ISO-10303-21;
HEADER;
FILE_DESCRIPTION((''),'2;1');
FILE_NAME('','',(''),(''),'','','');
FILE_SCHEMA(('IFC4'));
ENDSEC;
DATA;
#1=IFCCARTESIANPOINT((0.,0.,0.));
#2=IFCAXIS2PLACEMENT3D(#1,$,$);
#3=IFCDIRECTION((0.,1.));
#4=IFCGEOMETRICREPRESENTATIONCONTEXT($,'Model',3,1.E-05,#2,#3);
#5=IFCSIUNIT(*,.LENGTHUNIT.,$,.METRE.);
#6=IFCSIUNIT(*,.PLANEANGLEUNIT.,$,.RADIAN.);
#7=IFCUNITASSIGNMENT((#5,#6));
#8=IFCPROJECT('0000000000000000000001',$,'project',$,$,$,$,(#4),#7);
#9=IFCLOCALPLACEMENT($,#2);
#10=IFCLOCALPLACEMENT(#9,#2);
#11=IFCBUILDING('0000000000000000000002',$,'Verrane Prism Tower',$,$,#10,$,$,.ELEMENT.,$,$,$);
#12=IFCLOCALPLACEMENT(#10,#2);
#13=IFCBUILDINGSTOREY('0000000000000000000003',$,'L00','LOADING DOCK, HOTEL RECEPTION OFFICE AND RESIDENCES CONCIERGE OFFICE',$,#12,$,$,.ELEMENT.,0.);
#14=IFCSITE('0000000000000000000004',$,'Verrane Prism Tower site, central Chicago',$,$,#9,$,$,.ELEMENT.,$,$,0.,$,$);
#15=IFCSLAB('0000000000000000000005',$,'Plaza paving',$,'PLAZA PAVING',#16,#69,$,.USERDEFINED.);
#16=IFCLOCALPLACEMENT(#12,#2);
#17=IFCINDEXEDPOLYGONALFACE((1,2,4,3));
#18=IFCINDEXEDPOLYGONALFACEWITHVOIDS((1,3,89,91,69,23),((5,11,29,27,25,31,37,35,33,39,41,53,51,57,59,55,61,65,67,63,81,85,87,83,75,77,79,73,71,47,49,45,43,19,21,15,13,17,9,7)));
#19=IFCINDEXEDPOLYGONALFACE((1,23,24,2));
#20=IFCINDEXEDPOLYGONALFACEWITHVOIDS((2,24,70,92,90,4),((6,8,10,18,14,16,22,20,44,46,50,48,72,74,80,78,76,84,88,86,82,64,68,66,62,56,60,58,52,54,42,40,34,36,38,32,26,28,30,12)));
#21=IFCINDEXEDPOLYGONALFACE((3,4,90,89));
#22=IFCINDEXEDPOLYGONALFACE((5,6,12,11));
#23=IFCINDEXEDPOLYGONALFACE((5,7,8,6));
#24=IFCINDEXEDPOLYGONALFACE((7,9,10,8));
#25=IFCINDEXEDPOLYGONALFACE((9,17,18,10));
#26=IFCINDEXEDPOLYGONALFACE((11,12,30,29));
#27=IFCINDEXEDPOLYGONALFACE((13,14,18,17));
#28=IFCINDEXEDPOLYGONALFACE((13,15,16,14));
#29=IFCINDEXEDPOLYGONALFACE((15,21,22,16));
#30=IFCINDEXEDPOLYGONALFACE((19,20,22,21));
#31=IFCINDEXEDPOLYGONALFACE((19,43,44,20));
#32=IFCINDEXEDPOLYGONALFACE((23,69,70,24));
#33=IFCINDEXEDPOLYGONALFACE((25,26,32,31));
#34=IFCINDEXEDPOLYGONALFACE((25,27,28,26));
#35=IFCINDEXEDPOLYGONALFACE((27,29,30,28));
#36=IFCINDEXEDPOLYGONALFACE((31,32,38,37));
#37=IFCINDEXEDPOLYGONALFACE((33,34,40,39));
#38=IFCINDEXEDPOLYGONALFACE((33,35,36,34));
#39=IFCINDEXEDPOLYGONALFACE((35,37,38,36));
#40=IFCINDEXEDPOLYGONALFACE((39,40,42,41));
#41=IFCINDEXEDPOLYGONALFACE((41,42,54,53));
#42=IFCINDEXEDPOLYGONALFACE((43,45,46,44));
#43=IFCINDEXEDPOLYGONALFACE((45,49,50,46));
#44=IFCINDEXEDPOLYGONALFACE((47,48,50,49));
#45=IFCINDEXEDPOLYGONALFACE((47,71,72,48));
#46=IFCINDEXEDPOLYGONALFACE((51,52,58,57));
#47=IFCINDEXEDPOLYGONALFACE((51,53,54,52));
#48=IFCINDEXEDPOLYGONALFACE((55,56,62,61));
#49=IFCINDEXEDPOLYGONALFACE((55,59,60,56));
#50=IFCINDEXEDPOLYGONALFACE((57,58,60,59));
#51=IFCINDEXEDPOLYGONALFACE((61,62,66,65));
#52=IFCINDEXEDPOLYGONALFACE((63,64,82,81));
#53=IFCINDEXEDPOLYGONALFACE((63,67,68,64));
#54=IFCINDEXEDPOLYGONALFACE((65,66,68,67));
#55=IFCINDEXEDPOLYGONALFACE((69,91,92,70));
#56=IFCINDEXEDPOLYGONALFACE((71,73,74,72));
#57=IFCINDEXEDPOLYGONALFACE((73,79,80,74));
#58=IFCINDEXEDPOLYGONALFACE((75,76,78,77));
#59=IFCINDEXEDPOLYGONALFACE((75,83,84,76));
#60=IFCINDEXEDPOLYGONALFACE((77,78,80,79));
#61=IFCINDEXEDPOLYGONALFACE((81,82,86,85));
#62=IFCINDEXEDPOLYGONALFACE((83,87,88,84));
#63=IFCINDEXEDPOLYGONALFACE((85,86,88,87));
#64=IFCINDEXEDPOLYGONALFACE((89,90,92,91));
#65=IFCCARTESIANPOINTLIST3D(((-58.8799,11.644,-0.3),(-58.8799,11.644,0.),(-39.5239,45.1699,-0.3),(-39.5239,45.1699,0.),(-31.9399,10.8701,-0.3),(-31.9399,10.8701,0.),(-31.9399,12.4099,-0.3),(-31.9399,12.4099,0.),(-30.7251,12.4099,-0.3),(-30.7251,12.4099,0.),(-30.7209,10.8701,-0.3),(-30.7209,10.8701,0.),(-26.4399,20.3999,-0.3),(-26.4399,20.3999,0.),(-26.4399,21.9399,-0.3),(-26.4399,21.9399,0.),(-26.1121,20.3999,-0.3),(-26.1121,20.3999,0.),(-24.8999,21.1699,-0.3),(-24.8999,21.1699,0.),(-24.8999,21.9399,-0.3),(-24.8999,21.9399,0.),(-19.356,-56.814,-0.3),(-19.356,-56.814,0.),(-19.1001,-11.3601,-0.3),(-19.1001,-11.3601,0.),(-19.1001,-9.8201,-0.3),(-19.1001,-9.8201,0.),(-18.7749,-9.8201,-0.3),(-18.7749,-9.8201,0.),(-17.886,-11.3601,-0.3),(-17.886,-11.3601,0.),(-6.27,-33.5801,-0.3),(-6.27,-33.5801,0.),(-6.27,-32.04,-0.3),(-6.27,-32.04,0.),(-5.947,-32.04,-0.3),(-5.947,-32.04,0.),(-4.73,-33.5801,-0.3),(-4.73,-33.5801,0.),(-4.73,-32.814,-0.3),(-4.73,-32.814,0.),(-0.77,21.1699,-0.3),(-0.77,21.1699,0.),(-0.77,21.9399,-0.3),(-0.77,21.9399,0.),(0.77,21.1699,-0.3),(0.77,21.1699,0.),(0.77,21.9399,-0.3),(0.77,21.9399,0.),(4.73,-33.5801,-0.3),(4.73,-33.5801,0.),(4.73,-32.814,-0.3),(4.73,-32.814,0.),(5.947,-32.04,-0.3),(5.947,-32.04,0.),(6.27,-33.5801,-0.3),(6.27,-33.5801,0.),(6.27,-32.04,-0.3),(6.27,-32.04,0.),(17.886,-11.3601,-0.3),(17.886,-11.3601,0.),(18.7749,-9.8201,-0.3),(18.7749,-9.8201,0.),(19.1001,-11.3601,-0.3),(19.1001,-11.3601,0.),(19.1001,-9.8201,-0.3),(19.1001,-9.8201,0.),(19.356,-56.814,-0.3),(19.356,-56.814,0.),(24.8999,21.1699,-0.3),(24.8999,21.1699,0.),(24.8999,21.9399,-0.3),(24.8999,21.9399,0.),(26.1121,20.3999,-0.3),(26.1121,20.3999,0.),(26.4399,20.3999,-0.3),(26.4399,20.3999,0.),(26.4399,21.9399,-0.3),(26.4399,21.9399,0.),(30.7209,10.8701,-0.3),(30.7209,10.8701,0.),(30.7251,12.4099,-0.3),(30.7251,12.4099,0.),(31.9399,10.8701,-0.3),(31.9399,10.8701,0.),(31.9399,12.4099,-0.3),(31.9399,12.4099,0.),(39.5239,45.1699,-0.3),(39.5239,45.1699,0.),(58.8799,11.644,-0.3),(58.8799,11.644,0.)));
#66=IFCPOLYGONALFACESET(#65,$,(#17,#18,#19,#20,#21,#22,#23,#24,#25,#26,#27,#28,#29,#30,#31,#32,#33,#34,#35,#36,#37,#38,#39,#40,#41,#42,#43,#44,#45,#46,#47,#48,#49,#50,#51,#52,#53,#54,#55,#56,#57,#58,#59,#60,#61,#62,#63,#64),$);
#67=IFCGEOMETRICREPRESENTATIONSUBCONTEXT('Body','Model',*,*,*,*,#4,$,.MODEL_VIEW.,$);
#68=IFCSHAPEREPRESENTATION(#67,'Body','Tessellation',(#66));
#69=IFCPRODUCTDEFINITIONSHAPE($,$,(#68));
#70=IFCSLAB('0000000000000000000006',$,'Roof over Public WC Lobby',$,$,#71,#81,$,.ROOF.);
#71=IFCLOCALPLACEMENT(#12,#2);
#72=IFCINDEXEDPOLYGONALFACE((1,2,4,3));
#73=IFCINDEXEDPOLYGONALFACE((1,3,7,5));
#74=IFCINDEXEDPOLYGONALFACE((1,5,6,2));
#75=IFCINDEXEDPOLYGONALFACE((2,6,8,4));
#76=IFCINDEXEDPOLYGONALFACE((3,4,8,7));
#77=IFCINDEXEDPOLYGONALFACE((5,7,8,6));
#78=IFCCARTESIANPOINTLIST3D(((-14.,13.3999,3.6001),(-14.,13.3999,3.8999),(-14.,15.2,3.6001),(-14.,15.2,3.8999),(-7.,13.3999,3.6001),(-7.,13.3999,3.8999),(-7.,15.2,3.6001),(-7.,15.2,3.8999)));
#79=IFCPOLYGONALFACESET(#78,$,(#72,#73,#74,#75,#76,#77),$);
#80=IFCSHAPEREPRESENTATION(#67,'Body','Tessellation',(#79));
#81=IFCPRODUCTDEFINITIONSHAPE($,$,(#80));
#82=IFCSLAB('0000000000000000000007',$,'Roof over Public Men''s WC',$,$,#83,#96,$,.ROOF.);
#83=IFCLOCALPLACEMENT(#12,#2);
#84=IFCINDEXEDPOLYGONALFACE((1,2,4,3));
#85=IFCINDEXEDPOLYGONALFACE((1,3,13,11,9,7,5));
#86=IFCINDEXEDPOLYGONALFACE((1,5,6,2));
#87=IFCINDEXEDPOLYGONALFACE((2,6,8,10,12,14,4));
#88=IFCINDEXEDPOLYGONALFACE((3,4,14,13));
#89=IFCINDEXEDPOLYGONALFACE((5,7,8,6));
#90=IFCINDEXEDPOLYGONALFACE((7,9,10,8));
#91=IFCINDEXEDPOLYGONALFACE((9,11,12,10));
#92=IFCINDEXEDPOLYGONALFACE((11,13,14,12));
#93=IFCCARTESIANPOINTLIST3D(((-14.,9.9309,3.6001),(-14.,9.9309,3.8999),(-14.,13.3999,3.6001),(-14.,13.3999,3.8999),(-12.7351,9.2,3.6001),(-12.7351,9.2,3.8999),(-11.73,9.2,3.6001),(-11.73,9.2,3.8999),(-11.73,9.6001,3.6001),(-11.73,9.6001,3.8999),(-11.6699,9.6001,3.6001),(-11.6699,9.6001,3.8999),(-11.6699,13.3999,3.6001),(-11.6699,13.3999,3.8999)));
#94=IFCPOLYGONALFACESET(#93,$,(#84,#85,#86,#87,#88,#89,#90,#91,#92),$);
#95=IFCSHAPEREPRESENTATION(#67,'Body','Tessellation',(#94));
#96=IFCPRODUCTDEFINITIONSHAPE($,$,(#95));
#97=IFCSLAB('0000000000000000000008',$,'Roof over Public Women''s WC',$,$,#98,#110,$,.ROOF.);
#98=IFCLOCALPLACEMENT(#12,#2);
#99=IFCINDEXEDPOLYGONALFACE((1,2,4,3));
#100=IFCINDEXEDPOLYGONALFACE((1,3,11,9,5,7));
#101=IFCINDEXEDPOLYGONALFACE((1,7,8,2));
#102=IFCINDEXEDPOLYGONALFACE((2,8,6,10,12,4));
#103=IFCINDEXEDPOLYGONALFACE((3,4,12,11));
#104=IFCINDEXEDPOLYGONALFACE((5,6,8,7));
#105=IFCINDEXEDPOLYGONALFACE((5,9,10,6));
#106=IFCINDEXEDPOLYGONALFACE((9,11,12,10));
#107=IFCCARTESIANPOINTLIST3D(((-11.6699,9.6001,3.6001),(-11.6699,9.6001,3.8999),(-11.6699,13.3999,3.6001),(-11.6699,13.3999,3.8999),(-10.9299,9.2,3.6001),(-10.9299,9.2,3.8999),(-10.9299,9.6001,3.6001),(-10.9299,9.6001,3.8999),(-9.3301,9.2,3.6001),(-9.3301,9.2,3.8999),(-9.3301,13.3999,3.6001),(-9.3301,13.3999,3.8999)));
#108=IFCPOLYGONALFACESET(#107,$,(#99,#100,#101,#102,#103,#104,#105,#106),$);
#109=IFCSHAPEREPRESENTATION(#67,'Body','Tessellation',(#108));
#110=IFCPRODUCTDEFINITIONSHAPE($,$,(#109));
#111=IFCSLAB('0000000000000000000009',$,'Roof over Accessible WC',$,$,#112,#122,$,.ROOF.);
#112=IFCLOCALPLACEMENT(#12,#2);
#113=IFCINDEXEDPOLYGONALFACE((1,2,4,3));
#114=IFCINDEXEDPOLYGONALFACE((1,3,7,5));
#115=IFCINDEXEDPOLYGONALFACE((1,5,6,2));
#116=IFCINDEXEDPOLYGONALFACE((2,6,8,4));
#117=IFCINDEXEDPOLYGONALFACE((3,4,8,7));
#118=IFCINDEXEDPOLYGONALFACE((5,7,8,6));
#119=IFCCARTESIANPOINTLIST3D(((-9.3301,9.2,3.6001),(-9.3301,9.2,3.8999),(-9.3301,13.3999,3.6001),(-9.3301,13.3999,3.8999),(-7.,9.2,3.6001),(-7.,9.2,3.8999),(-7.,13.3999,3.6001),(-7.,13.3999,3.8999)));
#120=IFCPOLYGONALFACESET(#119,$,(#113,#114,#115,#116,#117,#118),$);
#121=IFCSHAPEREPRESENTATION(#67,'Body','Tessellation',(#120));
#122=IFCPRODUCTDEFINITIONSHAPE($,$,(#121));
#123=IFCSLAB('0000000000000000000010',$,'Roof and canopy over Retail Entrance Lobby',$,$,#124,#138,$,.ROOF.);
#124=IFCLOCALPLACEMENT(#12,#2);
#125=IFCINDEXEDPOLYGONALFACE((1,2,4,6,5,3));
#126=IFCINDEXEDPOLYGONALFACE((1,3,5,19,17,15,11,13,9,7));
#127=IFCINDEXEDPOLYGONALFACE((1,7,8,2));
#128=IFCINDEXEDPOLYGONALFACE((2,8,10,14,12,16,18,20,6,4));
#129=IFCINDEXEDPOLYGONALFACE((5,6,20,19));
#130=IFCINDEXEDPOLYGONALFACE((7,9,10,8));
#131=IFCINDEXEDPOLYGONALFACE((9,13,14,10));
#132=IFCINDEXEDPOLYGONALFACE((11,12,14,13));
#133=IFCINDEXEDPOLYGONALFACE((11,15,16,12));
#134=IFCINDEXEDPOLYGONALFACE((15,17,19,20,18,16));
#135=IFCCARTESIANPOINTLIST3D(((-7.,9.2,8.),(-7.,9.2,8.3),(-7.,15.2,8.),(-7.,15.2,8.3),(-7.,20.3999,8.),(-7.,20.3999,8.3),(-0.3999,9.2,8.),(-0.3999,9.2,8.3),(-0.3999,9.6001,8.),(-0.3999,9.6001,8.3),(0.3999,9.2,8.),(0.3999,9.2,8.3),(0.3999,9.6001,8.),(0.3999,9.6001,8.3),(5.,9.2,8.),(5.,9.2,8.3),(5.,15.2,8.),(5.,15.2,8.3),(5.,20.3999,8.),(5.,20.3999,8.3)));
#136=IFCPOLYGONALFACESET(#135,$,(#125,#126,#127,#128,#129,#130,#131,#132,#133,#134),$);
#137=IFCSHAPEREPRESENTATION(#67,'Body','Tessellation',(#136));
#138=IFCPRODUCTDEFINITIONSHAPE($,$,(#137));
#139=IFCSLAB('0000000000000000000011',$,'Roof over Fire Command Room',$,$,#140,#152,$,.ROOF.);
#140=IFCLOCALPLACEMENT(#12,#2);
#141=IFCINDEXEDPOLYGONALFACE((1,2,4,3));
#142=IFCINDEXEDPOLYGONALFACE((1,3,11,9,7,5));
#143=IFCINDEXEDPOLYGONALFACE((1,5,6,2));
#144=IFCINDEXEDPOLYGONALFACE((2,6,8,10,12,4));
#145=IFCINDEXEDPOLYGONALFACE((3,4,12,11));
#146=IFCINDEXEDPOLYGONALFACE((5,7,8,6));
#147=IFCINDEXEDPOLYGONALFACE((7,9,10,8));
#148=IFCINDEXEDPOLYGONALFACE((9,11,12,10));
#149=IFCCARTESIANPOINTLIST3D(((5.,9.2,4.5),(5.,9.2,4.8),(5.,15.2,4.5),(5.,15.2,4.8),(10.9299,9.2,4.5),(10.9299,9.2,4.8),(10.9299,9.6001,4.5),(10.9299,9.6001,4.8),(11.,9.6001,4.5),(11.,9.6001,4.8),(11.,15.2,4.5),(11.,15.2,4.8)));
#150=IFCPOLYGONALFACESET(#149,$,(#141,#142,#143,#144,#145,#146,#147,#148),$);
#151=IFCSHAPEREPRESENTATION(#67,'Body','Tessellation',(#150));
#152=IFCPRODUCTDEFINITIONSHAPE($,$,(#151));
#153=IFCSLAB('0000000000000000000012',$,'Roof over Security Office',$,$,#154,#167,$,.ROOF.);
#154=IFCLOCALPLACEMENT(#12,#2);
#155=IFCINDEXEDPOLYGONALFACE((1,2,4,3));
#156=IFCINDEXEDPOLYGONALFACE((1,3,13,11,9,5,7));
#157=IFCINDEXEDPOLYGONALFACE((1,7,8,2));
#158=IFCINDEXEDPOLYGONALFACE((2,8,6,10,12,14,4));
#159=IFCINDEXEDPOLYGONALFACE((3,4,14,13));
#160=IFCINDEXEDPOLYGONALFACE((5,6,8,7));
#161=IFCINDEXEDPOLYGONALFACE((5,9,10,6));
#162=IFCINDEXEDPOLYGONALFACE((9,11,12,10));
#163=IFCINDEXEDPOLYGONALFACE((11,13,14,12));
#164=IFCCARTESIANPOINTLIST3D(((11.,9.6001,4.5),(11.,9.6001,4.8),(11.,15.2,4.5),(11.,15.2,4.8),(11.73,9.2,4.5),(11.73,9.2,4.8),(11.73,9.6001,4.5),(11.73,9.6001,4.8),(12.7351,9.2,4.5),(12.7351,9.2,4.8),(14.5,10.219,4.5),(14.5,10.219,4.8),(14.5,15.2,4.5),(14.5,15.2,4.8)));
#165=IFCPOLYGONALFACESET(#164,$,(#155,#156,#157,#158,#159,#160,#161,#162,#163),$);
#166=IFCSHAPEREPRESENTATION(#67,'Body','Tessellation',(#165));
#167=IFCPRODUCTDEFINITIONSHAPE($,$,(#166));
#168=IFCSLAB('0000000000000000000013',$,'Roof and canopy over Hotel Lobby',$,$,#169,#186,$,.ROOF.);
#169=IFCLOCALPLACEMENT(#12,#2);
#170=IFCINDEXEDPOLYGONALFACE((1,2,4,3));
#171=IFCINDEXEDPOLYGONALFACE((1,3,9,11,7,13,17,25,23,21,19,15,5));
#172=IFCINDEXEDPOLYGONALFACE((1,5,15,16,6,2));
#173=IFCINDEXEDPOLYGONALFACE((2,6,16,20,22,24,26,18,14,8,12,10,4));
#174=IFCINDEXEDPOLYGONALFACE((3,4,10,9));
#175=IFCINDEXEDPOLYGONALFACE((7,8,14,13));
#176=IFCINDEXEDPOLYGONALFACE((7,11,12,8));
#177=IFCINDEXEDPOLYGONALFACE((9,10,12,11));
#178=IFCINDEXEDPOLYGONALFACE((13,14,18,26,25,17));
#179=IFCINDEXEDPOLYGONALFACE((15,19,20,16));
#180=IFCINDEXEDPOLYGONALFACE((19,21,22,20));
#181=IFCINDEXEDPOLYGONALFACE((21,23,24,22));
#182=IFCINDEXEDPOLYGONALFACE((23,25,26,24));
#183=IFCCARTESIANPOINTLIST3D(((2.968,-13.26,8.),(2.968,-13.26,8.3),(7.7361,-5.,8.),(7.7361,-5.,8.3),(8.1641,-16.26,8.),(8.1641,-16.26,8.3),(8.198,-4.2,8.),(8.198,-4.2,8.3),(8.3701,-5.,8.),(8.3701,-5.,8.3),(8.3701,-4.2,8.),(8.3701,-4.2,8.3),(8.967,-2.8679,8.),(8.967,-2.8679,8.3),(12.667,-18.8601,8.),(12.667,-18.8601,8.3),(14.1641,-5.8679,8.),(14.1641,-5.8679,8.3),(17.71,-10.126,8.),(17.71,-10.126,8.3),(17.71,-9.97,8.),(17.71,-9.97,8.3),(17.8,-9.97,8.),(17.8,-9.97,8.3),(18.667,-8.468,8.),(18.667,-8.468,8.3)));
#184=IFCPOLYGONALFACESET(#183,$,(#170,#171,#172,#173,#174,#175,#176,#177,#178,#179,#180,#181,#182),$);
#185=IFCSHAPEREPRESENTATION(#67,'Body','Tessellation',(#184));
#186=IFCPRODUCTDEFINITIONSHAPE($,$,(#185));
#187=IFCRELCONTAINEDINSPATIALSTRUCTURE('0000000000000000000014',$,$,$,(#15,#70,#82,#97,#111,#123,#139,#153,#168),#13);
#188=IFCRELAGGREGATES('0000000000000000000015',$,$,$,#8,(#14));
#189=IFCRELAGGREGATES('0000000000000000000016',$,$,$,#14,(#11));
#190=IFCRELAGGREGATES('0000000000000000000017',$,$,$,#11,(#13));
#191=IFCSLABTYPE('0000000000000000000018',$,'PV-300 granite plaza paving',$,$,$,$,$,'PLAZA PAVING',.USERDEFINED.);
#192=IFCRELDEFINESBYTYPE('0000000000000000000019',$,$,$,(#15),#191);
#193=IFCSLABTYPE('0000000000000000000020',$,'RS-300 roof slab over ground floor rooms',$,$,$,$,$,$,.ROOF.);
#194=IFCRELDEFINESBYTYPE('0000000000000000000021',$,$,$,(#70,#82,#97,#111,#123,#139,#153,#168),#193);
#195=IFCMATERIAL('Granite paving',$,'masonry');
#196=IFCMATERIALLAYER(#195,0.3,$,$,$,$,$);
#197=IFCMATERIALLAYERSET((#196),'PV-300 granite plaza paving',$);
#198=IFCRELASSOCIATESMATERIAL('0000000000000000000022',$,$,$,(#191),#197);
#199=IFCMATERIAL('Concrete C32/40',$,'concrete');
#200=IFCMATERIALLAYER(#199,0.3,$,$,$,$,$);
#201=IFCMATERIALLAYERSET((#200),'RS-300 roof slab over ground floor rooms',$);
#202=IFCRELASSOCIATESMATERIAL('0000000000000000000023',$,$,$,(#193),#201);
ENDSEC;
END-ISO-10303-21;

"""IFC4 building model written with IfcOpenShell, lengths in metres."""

from ifc_helpers import new_model, si_unit, direction, frame, origin, place, context, subcontext, project, spatial, polyline, outline, extrude, material, layer, layer_set, type_object, element, save


model = new_model("IFC4")

# Units and contexts
model_context = context("Model", 3, precision=1e-05, world=origin(), true_north=direction((0.0, 1.0)))
body_context = subcontext(model_context, "Body", "Model", "MODEL_VIEW")
ifc_project = project(units=[si_unit("LENGTHUNIT", "METRE"), si_unit("PLANEANGLEUNIT", "RADIAN")], contexts=[model_context])

# Site, building, storey
site_placement = place(None, origin())
site = spatial("IfcSite", under=ifc_project, at=site_placement, Name="Verrane Prism Tower site, central Chicago", CompositionType="ELEMENT", RefElevation=0.0)
building_placement = place(site_placement, origin())
building = spatial("IfcBuilding", under=site, at=building_placement, Name="Verrane Prism Tower", CompositionType="ELEMENT")
storey_placement = place(building_placement, origin())
storey = spatial("IfcBuildingStorey", under=building, at=storey_placement, Name="L00", Description="LOADING DOCK, HOTEL RECEPTION OFFICE AND RESIDENCES CONCIERGE OFFICE", CompositionType="ELEMENT", Elevation=0.0)

# Slabs
ifc_material_1 = material(Name="Granite paving", Category="masonry")
ifc_layer_1 = layer(ifc_material_1, 0.3)
ifc_layer_set_1 = layer_set([ifc_layer_1], Name="PV-300 granite plaza paving")
slab_type_1 = type_object("IfcSlabType", Name="PV-300 granite plaza paving", ElementType="PLAZA PAVING", PredefinedType="USERDEFINED", material=ifc_layer_set_1)
slab_1_placement = place(storey_placement, frame((0.0, 0.0, -0.3)))
element("IfcSlab", 1, at=slab_1_placement, inside=storey, type_object=slab_type_1, Name="Plaza paving", ObjectType="PLAZA PAVING", PredefinedType="USERDEFINED", context=body_context, shape_type="SweptSolid", body=[
    extrude(outline(polyline([(19.356, -56.814), (58.8799, 11.644), (39.5239, 45.1699), (-39.5239, 45.1699), (-58.8799, 11.644), (-19.356, -56.814), (19.356, -56.814)]), holes=[polyline([(0.77, 21.9399), (-0.77, 21.9399), (-0.77, 21.1699), (-24.8999, 21.1699), (-24.8999, 21.9399), (-26.4399, 21.9399), (-26.4399, 20.3999), (-26.1121, 20.3999), (-30.7251, 12.4099), (-31.9399, 12.4099), (-31.9399, 10.8701), (-30.7209, 10.8701), (-18.7749, -9.8201), (-19.1001, -9.8201), (-19.1001, -11.3601), (-17.886, -11.3601), (-5.947, -32.04), (-6.27, -32.04), (-6.27, -33.5801), (-4.73, -33.5801), (-4.73, -32.814), (4.73, -32.814), (4.73, -33.5801), (6.27, -33.5801), (6.27, -32.04), (5.947, -32.04), (17.886, -11.3601), (19.1001, -11.3601), (19.1001, -9.8201), (18.7749, -9.8201), (30.7209, 10.8701), (31.9399, 10.8701), (31.9399, 12.4099), (30.7251, 12.4099), (26.1121, 20.3999), (26.4399, 20.3999), (26.4399, 21.9399), (24.8999, 21.9399), (24.8999, 21.1699), (0.77, 21.1699), (0.77, 21.9399)])]), origin(), (0.0, 0.0, 1.0), 0.3),
])
ifc_material_2 = material(Name="Concrete C32/40", Category="concrete")
ifc_layer_2 = layer(ifc_material_2, 0.3)
ifc_layer_set_2 = layer_set([ifc_layer_2], Name="RS-300 roof slab over ground floor rooms")
slab_type_2 = type_object("IfcSlabType", Name="RS-300 roof slab over ground floor rooms", PredefinedType="ROOF", material=ifc_layer_set_2)
slab_2_placement = place(storey_placement, frame((0.0, 0.0, 3.6001)))
element("IfcSlab", 2, at=slab_2_placement, inside=storey, type_object=slab_type_2, Name="Roof over Public WC Lobby", PredefinedType="ROOF", context=body_context, shape_type="SweptSolid", body=[
    extrude(outline(polyline([(-7.0, 15.2), (-14.0, 15.2), (-14.0, 13.3999), (-7.0, 13.3999), (-7.0, 15.2)])), origin(), (0.0, 0.0, 1.0), 0.2998),
])
slab_3_placement = place(storey_placement, frame((0.0, 0.0, 3.6001)))
element("IfcSlab", 3, at=slab_3_placement, inside=storey, type_object=slab_type_2, Name="Roof over Public Men's WC", PredefinedType="ROOF", context=body_context, shape_type="SweptSolid", body=[
    extrude(outline(polyline([(-11.6699, 13.3999), (-14.0, 13.3999), (-14.0, 9.9309), (-12.7351, 9.2), (-11.73, 9.2), (-11.73, 9.6001), (-11.6699, 9.6001), (-11.6699, 13.3999)])), origin(), (0.0, 0.0, 1.0), 0.2998),
])
slab_4_placement = place(storey_placement, frame((0.0, 0.0, 3.6001)))
element("IfcSlab", 4, at=slab_4_placement, inside=storey, type_object=slab_type_2, Name="Roof over Public Women's WC", PredefinedType="ROOF", context=body_context, shape_type="SweptSolid", body=[
    extrude(outline(polyline([(-9.3301, 13.3999), (-11.6699, 13.3999), (-11.6699, 9.6001), (-10.9299, 9.6001), (-10.9299, 9.2), (-9.3301, 9.2), (-9.3301, 13.3999)])), origin(), (0.0, 0.0, 1.0), 0.2998),
])
slab_5_placement = place(storey_placement, frame((0.0, 0.0, 3.6001)))
element("IfcSlab", 5, at=slab_5_placement, inside=storey, type_object=slab_type_2, Name="Roof over Accessible WC", PredefinedType="ROOF", context=body_context, shape_type="SweptSolid", body=[
    extrude(outline(polyline([(-7.0, 13.3999), (-9.3301, 13.3999), (-9.3301, 9.2), (-7.0, 9.2), (-7.0, 13.3999)])), origin(), (0.0, 0.0, 1.0), 0.2998),
])
slab_6_placement = place(storey_placement, frame((0.0, 0.0, 8.0)))
element("IfcSlab", 6, at=slab_6_placement, inside=storey, type_object=slab_type_2, Name="Roof and canopy over Retail Entrance Lobby", PredefinedType="ROOF", context=body_context, shape_type="SweptSolid", body=[
    extrude(outline(polyline([(5.0, 9.2), (5.0, 15.2), (5.0, 20.3999), (-7.0, 20.3999), (-7.0, 15.2), (-7.0, 9.2), (-0.3999, 9.2), (-0.3999, 9.6001), (0.3999, 9.6001), (0.3999, 9.2), (5.0, 9.2)])), origin(), (0.0, 0.0, 1.0), 0.3),
])
slab_7_placement = place(storey_placement, frame((0.0, 0.0, 4.5)))
element("IfcSlab", 7, at=slab_7_placement, inside=storey, type_object=slab_type_2, Name="Roof over Fire Command Room", PredefinedType="ROOF", context=body_context, shape_type="SweptSolid", body=[
    extrude(outline(polyline([(11.0, 15.2), (5.0, 15.2), (5.0, 9.2), (10.9299, 9.2), (10.9299, 9.6001), (11.0, 9.6001), (11.0, 15.2)])), origin(), (0.0, 0.0, 1.0), 0.3),
])
slab_8_placement = place(storey_placement, frame((0.0, 0.0, 4.5)))
element("IfcSlab", 8, at=slab_8_placement, inside=storey, type_object=slab_type_2, Name="Roof over Security Office", PredefinedType="ROOF", context=body_context, shape_type="SweptSolid", body=[
    extrude(outline(polyline([(14.5, 15.2), (11.0, 15.2), (11.0, 9.6001), (11.73, 9.6001), (11.73, 9.2), (12.7351, 9.2), (14.5, 10.219), (14.5, 15.2)])), origin(), (0.0, 0.0, 1.0), 0.3),
])
slab_9_placement = place(storey_placement, frame((0.0, 0.0, 8.0)))
element("IfcSlab", 9, at=slab_9_placement, inside=storey, type_object=slab_type_2, Name="Roof and canopy over Hotel Lobby", PredefinedType="ROOF", context=body_context, shape_type="SweptSolid", body=[
    extrude(outline(polyline([(2.968, -13.26), (8.1641, -16.26), (12.667, -18.8601), (17.71, -10.126), (17.71, -9.97), (17.8, -9.97), (18.667, -8.468), (14.1641, -5.8679), (8.967, -2.8679), (8.198, -4.2), (8.3701, -4.2), (8.3701, -5.0), (7.7361, -5.0), (2.968, -13.26)])), origin(), (0.0, 0.0, 1.0), 0.3),
])

save(model, "model.ifc")
